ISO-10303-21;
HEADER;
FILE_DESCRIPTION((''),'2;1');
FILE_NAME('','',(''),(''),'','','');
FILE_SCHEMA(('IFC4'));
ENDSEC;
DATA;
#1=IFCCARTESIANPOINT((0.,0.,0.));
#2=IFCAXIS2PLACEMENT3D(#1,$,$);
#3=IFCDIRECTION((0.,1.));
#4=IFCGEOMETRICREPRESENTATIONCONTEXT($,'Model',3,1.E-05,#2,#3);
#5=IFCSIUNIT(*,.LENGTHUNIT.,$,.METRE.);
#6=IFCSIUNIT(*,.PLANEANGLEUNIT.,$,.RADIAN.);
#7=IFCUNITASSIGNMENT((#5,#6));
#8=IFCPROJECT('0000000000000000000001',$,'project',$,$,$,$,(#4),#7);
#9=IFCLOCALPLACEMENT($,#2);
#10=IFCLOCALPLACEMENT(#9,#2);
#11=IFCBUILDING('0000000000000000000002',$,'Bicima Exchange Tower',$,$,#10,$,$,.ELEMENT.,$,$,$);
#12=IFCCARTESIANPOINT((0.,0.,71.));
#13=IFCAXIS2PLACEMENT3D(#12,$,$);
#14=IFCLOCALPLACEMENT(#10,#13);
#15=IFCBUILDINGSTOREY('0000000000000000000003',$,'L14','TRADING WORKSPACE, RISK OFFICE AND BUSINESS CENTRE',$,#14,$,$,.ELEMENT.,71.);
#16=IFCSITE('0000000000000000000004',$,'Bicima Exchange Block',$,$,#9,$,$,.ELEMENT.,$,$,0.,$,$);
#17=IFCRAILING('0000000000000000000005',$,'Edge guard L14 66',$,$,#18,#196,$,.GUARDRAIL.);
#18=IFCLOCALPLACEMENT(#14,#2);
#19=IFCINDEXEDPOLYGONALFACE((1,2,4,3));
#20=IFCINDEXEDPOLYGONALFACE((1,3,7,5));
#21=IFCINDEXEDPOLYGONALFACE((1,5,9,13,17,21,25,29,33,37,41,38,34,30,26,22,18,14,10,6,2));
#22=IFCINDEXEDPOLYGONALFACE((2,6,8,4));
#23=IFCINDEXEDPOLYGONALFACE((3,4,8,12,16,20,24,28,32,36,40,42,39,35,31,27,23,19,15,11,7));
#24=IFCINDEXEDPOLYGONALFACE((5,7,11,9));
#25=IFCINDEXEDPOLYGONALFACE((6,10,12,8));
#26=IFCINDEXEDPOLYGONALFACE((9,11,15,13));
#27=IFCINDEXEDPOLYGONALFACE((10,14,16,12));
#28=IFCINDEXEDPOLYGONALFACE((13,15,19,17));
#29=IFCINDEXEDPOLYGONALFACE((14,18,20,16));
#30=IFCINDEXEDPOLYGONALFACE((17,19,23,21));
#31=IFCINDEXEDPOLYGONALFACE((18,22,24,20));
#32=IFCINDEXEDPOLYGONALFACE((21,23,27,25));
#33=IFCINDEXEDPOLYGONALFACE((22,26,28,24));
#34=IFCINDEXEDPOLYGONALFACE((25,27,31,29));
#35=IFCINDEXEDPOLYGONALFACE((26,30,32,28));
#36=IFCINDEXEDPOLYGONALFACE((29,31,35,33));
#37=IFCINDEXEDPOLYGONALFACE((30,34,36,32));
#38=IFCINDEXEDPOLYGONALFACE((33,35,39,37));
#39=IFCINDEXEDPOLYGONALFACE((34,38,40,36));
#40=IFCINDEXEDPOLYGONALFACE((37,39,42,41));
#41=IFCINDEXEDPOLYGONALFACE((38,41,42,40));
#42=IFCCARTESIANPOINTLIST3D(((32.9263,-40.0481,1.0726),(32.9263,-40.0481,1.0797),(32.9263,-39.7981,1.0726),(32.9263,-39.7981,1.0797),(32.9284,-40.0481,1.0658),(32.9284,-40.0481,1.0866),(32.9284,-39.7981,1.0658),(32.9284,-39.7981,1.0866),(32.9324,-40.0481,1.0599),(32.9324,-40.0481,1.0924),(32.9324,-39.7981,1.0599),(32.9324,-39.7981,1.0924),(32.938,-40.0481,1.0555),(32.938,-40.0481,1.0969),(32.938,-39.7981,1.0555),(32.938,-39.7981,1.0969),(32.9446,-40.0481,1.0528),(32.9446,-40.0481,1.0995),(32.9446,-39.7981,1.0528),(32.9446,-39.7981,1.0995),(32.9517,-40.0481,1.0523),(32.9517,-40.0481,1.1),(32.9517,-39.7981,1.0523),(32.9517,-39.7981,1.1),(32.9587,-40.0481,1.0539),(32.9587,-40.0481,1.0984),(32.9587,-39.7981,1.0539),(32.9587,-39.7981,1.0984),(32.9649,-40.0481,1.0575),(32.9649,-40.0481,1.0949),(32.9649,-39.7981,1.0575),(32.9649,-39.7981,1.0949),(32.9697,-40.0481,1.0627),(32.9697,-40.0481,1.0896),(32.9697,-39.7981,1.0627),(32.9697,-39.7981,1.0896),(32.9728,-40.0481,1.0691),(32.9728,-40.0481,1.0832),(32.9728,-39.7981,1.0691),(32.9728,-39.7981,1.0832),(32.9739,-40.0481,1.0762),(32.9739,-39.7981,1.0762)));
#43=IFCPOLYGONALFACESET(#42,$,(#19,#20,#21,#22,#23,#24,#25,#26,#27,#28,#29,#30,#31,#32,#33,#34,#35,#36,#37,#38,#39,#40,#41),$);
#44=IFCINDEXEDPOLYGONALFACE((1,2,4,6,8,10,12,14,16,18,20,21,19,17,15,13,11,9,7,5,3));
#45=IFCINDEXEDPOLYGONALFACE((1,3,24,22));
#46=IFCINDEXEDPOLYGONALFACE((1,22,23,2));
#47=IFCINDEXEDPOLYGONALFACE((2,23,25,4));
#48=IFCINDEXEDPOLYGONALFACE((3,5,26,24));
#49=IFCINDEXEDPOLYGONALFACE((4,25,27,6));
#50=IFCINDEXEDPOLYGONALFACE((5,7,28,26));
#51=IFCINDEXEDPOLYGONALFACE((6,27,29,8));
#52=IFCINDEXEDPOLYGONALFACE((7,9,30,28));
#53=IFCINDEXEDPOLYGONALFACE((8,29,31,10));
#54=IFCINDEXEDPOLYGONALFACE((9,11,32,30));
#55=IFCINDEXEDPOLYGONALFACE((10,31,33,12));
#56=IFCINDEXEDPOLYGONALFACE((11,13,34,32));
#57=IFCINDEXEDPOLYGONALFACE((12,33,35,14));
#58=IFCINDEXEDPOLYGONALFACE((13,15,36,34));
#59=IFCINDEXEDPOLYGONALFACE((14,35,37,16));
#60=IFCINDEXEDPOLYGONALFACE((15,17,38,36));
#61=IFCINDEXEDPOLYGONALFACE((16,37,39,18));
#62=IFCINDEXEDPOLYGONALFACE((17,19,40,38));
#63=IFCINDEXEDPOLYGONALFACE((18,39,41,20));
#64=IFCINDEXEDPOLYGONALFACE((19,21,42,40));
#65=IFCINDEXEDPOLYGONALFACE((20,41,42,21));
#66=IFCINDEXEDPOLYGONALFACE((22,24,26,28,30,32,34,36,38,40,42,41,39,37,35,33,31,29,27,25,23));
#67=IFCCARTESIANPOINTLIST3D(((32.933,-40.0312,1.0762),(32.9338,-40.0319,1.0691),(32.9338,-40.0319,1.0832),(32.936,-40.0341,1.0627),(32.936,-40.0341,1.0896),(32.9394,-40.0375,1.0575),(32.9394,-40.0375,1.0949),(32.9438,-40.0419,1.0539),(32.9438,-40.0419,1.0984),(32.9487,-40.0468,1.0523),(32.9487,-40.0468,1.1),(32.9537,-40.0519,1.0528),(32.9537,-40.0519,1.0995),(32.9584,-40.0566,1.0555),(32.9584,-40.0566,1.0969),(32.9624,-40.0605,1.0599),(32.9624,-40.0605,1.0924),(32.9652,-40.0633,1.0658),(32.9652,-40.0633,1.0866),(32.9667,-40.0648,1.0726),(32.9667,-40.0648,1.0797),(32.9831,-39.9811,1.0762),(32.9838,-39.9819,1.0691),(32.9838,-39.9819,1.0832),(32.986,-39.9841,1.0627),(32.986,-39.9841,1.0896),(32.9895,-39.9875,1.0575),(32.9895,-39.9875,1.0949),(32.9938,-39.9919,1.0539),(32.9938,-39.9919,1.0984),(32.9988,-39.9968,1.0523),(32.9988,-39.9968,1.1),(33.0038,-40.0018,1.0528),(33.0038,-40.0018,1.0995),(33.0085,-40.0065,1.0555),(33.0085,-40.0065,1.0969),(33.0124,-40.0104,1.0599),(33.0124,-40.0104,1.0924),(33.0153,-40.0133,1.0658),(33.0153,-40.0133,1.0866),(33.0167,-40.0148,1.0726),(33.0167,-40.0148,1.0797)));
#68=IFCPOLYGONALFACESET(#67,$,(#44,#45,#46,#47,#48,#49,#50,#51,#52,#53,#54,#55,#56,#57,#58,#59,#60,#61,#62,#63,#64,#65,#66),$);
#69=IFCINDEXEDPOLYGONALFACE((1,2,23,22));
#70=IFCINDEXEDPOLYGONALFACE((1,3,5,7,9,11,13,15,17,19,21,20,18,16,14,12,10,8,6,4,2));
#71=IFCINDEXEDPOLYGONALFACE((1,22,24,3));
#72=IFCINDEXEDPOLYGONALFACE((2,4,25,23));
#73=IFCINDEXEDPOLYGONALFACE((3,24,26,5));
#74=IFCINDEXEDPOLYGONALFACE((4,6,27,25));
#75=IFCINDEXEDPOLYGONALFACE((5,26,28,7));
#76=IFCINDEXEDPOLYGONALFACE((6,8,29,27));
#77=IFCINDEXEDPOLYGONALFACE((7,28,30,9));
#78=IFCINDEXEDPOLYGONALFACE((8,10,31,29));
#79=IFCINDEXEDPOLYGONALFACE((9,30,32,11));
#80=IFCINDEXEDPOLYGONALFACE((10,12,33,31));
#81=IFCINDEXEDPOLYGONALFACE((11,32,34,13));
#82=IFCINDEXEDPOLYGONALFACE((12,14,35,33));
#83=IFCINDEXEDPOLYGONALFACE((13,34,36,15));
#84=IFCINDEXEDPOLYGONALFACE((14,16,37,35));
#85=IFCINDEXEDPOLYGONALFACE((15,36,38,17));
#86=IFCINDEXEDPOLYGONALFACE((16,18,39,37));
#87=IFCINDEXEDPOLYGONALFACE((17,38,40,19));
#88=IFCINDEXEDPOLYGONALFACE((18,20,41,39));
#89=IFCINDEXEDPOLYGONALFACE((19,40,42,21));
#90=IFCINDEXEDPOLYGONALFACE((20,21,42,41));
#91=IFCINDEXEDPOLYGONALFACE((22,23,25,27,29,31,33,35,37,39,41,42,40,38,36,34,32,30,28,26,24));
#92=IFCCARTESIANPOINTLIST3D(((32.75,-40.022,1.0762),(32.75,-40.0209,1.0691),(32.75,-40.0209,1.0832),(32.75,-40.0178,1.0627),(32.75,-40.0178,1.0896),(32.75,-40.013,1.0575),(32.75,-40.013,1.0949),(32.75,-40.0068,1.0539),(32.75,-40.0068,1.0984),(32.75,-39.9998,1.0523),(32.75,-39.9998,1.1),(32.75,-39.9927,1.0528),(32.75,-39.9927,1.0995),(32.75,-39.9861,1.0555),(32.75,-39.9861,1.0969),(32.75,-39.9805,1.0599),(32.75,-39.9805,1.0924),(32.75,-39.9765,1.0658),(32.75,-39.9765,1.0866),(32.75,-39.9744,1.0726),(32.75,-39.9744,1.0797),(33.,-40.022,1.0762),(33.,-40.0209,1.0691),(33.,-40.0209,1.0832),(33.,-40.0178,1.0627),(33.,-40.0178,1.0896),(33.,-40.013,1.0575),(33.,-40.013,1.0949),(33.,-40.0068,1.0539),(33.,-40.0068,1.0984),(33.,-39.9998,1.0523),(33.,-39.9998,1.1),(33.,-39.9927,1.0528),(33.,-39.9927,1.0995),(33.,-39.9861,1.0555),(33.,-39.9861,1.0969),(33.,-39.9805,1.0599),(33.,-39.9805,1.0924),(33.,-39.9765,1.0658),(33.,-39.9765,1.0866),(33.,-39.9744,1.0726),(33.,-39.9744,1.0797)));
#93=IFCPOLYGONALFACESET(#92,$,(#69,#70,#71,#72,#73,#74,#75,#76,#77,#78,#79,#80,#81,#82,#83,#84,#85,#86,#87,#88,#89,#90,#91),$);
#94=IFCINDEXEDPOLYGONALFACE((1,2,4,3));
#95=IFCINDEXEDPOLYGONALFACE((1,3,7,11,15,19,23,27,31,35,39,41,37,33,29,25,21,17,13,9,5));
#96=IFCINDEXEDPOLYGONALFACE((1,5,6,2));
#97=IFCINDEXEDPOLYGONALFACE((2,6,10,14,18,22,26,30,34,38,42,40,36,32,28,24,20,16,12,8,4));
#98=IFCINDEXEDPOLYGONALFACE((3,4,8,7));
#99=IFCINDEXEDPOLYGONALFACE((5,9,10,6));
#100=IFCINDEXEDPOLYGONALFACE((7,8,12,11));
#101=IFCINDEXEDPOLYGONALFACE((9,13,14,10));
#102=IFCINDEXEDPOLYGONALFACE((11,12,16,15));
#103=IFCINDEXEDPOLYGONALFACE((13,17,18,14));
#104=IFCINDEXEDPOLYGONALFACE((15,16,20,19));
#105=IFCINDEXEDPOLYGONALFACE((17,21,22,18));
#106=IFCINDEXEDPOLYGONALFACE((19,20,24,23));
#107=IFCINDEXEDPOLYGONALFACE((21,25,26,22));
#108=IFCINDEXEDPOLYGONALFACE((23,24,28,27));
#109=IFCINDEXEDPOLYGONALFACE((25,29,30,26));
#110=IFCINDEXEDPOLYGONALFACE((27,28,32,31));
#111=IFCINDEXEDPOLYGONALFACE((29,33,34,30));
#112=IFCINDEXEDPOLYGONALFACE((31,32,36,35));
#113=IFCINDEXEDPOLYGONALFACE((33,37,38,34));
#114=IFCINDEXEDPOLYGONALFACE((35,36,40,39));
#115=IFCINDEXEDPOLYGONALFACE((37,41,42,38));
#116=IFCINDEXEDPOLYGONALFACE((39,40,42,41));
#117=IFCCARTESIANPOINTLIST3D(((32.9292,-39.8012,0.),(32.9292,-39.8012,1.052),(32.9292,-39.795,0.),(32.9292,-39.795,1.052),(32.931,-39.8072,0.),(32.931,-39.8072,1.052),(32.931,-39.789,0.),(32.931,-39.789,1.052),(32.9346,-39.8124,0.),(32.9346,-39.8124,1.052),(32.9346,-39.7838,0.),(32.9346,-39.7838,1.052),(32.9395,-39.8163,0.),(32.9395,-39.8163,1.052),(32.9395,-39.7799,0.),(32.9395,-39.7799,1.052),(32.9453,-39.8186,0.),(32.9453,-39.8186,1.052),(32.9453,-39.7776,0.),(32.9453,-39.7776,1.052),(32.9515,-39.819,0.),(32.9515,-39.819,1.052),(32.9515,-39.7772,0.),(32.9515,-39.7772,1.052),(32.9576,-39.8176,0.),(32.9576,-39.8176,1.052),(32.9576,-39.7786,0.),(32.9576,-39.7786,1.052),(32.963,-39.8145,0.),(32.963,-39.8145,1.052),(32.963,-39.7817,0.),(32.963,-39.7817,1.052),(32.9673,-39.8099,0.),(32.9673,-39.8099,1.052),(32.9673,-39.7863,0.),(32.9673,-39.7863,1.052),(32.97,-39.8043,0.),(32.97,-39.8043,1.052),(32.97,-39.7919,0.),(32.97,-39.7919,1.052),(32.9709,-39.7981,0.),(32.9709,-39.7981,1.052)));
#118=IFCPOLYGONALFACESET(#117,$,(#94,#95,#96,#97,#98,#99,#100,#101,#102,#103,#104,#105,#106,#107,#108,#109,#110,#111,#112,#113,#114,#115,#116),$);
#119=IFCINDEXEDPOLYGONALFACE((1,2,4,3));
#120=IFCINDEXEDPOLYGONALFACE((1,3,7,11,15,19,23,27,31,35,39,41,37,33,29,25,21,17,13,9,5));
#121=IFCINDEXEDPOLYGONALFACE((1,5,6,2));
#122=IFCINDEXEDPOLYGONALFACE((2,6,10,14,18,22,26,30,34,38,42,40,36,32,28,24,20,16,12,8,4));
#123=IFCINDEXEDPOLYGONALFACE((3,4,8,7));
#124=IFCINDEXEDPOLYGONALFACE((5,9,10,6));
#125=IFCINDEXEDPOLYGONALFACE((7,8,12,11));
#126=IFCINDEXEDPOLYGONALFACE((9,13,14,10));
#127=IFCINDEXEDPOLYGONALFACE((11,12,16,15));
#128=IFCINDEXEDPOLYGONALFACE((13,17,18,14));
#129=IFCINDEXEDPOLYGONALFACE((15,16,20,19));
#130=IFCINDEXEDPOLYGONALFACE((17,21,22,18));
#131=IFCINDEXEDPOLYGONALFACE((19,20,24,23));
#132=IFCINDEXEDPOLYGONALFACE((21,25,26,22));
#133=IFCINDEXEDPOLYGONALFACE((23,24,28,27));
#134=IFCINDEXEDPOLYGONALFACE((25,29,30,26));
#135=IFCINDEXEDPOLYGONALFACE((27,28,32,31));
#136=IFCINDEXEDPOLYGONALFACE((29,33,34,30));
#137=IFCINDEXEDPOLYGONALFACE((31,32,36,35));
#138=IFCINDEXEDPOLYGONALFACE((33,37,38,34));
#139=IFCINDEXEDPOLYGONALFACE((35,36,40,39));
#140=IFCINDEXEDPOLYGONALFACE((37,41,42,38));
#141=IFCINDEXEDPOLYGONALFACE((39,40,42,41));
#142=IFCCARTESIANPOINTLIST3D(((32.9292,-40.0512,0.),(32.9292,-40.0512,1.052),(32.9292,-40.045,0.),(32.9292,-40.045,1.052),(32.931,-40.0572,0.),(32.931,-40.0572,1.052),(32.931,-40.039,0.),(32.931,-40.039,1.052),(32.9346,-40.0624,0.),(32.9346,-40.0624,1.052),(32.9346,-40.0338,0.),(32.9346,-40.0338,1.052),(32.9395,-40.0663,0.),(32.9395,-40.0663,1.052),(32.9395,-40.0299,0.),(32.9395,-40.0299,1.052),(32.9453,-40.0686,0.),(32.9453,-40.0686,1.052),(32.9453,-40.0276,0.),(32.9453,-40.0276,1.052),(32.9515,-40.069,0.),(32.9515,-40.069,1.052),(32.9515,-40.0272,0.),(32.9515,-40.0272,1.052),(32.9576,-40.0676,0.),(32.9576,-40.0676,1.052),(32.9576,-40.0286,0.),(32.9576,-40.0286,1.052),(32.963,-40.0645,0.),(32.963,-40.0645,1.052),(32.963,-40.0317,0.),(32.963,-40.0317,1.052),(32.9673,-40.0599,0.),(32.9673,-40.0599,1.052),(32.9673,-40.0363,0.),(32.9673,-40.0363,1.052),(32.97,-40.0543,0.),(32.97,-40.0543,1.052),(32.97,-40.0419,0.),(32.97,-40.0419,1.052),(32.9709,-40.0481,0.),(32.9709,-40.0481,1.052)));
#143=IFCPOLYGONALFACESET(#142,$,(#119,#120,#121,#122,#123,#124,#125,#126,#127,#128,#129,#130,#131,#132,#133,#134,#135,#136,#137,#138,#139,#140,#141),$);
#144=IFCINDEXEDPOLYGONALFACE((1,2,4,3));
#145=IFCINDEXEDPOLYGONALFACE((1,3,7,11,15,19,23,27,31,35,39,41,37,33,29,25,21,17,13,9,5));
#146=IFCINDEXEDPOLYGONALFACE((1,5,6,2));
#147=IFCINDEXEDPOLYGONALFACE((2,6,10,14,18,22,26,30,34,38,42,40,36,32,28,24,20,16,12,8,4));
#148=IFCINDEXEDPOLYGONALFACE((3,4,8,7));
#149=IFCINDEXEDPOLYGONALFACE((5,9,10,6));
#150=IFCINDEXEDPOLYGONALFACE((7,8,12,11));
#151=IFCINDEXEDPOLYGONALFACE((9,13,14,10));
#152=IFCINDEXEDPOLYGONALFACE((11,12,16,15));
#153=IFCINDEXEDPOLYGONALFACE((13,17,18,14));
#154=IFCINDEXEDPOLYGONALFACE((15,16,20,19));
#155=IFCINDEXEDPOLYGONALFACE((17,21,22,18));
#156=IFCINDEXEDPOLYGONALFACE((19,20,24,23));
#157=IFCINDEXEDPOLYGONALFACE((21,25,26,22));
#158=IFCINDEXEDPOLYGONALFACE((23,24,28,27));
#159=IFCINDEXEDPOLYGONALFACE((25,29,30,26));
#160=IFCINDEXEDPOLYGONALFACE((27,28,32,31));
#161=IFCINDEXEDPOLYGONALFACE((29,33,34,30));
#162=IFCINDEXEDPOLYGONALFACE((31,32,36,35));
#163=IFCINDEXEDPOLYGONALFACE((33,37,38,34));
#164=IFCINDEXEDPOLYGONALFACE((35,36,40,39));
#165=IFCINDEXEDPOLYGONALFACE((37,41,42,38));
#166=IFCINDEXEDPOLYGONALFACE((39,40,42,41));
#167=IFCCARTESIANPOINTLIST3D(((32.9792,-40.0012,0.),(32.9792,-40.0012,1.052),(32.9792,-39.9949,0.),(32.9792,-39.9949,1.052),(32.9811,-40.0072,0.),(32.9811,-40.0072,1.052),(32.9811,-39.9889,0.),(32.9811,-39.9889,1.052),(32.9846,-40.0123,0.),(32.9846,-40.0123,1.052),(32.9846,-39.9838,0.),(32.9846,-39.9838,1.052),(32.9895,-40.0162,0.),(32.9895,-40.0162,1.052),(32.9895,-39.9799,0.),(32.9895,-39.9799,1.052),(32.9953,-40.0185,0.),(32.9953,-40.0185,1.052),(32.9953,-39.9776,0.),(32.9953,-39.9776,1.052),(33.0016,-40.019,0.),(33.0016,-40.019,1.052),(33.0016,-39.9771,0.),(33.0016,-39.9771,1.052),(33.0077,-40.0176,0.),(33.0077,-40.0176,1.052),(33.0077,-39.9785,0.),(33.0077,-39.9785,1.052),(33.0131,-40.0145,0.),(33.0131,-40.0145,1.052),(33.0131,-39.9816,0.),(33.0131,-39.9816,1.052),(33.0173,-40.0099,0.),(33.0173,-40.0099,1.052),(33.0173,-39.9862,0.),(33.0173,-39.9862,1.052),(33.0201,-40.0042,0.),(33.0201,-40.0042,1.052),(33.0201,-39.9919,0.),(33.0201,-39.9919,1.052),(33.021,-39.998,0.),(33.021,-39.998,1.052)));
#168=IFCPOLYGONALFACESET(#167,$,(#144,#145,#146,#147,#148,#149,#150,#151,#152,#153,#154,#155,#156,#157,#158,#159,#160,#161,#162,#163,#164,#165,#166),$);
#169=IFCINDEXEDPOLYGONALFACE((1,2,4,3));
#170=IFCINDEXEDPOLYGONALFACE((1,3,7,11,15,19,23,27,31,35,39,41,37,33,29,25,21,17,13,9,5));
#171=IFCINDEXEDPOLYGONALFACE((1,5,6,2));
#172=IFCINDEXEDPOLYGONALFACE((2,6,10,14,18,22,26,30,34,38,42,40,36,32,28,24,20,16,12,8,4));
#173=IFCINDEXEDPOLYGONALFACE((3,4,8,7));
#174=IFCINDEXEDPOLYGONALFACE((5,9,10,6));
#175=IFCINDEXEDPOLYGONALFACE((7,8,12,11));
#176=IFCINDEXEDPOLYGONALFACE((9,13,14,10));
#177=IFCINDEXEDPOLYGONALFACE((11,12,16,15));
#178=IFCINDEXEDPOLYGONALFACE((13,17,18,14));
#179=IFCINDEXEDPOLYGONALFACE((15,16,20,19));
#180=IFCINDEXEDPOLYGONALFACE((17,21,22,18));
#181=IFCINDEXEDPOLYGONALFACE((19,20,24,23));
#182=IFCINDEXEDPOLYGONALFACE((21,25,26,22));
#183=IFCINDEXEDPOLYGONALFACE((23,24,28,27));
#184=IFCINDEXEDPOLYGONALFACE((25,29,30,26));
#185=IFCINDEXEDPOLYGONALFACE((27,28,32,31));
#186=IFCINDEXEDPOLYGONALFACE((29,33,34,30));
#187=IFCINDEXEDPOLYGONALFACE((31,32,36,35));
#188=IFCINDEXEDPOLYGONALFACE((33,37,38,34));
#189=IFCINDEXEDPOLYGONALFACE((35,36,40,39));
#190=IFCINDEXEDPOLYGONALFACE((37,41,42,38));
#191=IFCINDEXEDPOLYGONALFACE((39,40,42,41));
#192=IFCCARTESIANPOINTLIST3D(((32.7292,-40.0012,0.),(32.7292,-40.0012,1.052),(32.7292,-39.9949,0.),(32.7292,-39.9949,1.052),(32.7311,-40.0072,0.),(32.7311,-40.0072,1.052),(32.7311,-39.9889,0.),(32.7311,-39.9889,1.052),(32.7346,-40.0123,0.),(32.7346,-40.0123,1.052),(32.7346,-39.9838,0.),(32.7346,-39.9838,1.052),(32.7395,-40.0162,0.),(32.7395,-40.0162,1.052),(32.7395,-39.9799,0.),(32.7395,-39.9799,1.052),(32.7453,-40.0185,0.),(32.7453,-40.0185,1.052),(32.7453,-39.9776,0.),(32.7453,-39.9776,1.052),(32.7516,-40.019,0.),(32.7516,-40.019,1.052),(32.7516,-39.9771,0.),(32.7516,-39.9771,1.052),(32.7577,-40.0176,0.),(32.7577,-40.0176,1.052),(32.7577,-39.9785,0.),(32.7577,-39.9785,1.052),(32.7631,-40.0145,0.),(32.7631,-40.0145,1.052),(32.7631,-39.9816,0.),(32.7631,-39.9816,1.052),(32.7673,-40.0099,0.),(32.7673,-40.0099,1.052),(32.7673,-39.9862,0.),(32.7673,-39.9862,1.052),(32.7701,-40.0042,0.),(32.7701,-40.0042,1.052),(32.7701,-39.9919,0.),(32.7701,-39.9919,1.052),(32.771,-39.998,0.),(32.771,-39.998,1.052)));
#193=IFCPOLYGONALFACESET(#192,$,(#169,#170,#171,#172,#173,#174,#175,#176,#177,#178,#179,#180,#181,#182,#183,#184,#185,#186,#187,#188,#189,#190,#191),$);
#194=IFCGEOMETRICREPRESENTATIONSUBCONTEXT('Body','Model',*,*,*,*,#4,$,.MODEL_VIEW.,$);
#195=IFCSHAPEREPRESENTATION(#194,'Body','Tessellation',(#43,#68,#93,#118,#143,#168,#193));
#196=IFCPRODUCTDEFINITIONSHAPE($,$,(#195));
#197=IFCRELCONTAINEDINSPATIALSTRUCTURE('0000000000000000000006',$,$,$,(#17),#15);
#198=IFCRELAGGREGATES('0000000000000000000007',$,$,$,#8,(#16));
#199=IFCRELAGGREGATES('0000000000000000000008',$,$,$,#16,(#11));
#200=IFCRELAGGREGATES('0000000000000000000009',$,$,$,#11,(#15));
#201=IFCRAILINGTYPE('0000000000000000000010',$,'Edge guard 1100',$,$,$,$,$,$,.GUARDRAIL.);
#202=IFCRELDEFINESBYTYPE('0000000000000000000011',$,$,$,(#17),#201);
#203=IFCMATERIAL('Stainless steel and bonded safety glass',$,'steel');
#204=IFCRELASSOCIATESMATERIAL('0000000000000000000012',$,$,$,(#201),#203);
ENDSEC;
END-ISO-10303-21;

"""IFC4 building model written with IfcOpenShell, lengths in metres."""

from ifc_helpers import new_model, si_unit, direction, frame, origin, origin_2d, place, context, subcontext, project, spatial, circle, extrude, material, type_object, element, save


model = new_model("IFC4")

# Units and contexts
model_context = context("Model", 3, precision=1e-05, world=origin(), true_north=direction((0.0, 1.0)))
body_context = subcontext(model_context, "Body", "Model", "MODEL_VIEW")
ifc_project = project(units=[si_unit("LENGTHUNIT", "METRE"), si_unit("PLANEANGLEUNIT", "RADIAN")], contexts=[model_context])

# Site, building, storey
site_placement = place(None, origin())
site = spatial("IfcSite", under=ifc_project, at=site_placement, Name="Bicima Exchange Block", CompositionType="ELEMENT", RefElevation=0.0)
building_placement = place(site_placement, origin())
building = spatial("IfcBuilding", under=site, at=building_placement, Name="Bicima Exchange Tower", CompositionType="ELEMENT")
storey_placement = place(building_placement, frame((0.0, 0.0, 71.0)))
storey = spatial("IfcBuildingStorey", under=building, at=storey_placement, Name="L14", Description="TRADING WORKSPACE, RISK OFFICE AND BUSINESS CENTRE", CompositionType="ELEMENT", Elevation=71.0)

# Railing
ifc_material_1 = material(Name="Stainless steel and bonded safety glass", Category="steel")
railing_type = type_object("IfcRailingType", Name="Edge guard 1100", PredefinedType="GUARDRAIL", material=ifc_material_1)
railing_1_placement = place(storey_placement, frame((32.95, -39.7981, 0.0)))
element("IfcRailing", 1, at=railing_1_placement, inside=storey, type_object=railing_type, Name="Edge guard L14 66", PredefinedType="GUARDRAIL", context=body_context, shape_type="SweptSolid", body=[
    extrude(circle(Radius=0.0239, at=origin_2d()), frame((0.0, 0.0, 1.0762), z_axis=(0.0, -1.0, 0.0), x_axis=(1.0, 0.0, 0.0)), (0.0, 0.0, 1.0), 0.25),
    extrude(circle(Radius=0.0239, at=origin_2d()), frame((0.0, -0.25, 1.0762), z_axis=(0.707107, 0.707107, 0.0), x_axis=(-0.707107, 0.707107, 0.0)), (0.0, 0.0, 1.0), 0.0708),
    extrude(circle(Radius=0.0239, at=origin_2d()), frame((0.05, -0.2, 1.0762), z_axis=(-1.0, 0.0, 0.0), x_axis=(0.0, -1.0, 0.0)), (0.0, 0.0, 1.0), 0.25),
    extrude(circle(Radius=0.021, at=origin_2d()), origin(), (0.0, 0.0, 1.0), 1.052),
    extrude(circle(Radius=0.021, at=origin_2d()), frame((0.0, -0.25, 0.0)), (0.0, 0.0, 1.0), 1.052),
    extrude(circle(Radius=0.021, at=origin_2d()), frame((0.05, -0.2, 0.0)), (0.0, 0.0, 1.0), 1.052),
    extrude(circle(Radius=0.021, at=origin_2d()), frame((-0.2, -0.2, 0.0)), (0.0, 0.0, 1.0), 1.052),
])

save(model, "model.ifc")
